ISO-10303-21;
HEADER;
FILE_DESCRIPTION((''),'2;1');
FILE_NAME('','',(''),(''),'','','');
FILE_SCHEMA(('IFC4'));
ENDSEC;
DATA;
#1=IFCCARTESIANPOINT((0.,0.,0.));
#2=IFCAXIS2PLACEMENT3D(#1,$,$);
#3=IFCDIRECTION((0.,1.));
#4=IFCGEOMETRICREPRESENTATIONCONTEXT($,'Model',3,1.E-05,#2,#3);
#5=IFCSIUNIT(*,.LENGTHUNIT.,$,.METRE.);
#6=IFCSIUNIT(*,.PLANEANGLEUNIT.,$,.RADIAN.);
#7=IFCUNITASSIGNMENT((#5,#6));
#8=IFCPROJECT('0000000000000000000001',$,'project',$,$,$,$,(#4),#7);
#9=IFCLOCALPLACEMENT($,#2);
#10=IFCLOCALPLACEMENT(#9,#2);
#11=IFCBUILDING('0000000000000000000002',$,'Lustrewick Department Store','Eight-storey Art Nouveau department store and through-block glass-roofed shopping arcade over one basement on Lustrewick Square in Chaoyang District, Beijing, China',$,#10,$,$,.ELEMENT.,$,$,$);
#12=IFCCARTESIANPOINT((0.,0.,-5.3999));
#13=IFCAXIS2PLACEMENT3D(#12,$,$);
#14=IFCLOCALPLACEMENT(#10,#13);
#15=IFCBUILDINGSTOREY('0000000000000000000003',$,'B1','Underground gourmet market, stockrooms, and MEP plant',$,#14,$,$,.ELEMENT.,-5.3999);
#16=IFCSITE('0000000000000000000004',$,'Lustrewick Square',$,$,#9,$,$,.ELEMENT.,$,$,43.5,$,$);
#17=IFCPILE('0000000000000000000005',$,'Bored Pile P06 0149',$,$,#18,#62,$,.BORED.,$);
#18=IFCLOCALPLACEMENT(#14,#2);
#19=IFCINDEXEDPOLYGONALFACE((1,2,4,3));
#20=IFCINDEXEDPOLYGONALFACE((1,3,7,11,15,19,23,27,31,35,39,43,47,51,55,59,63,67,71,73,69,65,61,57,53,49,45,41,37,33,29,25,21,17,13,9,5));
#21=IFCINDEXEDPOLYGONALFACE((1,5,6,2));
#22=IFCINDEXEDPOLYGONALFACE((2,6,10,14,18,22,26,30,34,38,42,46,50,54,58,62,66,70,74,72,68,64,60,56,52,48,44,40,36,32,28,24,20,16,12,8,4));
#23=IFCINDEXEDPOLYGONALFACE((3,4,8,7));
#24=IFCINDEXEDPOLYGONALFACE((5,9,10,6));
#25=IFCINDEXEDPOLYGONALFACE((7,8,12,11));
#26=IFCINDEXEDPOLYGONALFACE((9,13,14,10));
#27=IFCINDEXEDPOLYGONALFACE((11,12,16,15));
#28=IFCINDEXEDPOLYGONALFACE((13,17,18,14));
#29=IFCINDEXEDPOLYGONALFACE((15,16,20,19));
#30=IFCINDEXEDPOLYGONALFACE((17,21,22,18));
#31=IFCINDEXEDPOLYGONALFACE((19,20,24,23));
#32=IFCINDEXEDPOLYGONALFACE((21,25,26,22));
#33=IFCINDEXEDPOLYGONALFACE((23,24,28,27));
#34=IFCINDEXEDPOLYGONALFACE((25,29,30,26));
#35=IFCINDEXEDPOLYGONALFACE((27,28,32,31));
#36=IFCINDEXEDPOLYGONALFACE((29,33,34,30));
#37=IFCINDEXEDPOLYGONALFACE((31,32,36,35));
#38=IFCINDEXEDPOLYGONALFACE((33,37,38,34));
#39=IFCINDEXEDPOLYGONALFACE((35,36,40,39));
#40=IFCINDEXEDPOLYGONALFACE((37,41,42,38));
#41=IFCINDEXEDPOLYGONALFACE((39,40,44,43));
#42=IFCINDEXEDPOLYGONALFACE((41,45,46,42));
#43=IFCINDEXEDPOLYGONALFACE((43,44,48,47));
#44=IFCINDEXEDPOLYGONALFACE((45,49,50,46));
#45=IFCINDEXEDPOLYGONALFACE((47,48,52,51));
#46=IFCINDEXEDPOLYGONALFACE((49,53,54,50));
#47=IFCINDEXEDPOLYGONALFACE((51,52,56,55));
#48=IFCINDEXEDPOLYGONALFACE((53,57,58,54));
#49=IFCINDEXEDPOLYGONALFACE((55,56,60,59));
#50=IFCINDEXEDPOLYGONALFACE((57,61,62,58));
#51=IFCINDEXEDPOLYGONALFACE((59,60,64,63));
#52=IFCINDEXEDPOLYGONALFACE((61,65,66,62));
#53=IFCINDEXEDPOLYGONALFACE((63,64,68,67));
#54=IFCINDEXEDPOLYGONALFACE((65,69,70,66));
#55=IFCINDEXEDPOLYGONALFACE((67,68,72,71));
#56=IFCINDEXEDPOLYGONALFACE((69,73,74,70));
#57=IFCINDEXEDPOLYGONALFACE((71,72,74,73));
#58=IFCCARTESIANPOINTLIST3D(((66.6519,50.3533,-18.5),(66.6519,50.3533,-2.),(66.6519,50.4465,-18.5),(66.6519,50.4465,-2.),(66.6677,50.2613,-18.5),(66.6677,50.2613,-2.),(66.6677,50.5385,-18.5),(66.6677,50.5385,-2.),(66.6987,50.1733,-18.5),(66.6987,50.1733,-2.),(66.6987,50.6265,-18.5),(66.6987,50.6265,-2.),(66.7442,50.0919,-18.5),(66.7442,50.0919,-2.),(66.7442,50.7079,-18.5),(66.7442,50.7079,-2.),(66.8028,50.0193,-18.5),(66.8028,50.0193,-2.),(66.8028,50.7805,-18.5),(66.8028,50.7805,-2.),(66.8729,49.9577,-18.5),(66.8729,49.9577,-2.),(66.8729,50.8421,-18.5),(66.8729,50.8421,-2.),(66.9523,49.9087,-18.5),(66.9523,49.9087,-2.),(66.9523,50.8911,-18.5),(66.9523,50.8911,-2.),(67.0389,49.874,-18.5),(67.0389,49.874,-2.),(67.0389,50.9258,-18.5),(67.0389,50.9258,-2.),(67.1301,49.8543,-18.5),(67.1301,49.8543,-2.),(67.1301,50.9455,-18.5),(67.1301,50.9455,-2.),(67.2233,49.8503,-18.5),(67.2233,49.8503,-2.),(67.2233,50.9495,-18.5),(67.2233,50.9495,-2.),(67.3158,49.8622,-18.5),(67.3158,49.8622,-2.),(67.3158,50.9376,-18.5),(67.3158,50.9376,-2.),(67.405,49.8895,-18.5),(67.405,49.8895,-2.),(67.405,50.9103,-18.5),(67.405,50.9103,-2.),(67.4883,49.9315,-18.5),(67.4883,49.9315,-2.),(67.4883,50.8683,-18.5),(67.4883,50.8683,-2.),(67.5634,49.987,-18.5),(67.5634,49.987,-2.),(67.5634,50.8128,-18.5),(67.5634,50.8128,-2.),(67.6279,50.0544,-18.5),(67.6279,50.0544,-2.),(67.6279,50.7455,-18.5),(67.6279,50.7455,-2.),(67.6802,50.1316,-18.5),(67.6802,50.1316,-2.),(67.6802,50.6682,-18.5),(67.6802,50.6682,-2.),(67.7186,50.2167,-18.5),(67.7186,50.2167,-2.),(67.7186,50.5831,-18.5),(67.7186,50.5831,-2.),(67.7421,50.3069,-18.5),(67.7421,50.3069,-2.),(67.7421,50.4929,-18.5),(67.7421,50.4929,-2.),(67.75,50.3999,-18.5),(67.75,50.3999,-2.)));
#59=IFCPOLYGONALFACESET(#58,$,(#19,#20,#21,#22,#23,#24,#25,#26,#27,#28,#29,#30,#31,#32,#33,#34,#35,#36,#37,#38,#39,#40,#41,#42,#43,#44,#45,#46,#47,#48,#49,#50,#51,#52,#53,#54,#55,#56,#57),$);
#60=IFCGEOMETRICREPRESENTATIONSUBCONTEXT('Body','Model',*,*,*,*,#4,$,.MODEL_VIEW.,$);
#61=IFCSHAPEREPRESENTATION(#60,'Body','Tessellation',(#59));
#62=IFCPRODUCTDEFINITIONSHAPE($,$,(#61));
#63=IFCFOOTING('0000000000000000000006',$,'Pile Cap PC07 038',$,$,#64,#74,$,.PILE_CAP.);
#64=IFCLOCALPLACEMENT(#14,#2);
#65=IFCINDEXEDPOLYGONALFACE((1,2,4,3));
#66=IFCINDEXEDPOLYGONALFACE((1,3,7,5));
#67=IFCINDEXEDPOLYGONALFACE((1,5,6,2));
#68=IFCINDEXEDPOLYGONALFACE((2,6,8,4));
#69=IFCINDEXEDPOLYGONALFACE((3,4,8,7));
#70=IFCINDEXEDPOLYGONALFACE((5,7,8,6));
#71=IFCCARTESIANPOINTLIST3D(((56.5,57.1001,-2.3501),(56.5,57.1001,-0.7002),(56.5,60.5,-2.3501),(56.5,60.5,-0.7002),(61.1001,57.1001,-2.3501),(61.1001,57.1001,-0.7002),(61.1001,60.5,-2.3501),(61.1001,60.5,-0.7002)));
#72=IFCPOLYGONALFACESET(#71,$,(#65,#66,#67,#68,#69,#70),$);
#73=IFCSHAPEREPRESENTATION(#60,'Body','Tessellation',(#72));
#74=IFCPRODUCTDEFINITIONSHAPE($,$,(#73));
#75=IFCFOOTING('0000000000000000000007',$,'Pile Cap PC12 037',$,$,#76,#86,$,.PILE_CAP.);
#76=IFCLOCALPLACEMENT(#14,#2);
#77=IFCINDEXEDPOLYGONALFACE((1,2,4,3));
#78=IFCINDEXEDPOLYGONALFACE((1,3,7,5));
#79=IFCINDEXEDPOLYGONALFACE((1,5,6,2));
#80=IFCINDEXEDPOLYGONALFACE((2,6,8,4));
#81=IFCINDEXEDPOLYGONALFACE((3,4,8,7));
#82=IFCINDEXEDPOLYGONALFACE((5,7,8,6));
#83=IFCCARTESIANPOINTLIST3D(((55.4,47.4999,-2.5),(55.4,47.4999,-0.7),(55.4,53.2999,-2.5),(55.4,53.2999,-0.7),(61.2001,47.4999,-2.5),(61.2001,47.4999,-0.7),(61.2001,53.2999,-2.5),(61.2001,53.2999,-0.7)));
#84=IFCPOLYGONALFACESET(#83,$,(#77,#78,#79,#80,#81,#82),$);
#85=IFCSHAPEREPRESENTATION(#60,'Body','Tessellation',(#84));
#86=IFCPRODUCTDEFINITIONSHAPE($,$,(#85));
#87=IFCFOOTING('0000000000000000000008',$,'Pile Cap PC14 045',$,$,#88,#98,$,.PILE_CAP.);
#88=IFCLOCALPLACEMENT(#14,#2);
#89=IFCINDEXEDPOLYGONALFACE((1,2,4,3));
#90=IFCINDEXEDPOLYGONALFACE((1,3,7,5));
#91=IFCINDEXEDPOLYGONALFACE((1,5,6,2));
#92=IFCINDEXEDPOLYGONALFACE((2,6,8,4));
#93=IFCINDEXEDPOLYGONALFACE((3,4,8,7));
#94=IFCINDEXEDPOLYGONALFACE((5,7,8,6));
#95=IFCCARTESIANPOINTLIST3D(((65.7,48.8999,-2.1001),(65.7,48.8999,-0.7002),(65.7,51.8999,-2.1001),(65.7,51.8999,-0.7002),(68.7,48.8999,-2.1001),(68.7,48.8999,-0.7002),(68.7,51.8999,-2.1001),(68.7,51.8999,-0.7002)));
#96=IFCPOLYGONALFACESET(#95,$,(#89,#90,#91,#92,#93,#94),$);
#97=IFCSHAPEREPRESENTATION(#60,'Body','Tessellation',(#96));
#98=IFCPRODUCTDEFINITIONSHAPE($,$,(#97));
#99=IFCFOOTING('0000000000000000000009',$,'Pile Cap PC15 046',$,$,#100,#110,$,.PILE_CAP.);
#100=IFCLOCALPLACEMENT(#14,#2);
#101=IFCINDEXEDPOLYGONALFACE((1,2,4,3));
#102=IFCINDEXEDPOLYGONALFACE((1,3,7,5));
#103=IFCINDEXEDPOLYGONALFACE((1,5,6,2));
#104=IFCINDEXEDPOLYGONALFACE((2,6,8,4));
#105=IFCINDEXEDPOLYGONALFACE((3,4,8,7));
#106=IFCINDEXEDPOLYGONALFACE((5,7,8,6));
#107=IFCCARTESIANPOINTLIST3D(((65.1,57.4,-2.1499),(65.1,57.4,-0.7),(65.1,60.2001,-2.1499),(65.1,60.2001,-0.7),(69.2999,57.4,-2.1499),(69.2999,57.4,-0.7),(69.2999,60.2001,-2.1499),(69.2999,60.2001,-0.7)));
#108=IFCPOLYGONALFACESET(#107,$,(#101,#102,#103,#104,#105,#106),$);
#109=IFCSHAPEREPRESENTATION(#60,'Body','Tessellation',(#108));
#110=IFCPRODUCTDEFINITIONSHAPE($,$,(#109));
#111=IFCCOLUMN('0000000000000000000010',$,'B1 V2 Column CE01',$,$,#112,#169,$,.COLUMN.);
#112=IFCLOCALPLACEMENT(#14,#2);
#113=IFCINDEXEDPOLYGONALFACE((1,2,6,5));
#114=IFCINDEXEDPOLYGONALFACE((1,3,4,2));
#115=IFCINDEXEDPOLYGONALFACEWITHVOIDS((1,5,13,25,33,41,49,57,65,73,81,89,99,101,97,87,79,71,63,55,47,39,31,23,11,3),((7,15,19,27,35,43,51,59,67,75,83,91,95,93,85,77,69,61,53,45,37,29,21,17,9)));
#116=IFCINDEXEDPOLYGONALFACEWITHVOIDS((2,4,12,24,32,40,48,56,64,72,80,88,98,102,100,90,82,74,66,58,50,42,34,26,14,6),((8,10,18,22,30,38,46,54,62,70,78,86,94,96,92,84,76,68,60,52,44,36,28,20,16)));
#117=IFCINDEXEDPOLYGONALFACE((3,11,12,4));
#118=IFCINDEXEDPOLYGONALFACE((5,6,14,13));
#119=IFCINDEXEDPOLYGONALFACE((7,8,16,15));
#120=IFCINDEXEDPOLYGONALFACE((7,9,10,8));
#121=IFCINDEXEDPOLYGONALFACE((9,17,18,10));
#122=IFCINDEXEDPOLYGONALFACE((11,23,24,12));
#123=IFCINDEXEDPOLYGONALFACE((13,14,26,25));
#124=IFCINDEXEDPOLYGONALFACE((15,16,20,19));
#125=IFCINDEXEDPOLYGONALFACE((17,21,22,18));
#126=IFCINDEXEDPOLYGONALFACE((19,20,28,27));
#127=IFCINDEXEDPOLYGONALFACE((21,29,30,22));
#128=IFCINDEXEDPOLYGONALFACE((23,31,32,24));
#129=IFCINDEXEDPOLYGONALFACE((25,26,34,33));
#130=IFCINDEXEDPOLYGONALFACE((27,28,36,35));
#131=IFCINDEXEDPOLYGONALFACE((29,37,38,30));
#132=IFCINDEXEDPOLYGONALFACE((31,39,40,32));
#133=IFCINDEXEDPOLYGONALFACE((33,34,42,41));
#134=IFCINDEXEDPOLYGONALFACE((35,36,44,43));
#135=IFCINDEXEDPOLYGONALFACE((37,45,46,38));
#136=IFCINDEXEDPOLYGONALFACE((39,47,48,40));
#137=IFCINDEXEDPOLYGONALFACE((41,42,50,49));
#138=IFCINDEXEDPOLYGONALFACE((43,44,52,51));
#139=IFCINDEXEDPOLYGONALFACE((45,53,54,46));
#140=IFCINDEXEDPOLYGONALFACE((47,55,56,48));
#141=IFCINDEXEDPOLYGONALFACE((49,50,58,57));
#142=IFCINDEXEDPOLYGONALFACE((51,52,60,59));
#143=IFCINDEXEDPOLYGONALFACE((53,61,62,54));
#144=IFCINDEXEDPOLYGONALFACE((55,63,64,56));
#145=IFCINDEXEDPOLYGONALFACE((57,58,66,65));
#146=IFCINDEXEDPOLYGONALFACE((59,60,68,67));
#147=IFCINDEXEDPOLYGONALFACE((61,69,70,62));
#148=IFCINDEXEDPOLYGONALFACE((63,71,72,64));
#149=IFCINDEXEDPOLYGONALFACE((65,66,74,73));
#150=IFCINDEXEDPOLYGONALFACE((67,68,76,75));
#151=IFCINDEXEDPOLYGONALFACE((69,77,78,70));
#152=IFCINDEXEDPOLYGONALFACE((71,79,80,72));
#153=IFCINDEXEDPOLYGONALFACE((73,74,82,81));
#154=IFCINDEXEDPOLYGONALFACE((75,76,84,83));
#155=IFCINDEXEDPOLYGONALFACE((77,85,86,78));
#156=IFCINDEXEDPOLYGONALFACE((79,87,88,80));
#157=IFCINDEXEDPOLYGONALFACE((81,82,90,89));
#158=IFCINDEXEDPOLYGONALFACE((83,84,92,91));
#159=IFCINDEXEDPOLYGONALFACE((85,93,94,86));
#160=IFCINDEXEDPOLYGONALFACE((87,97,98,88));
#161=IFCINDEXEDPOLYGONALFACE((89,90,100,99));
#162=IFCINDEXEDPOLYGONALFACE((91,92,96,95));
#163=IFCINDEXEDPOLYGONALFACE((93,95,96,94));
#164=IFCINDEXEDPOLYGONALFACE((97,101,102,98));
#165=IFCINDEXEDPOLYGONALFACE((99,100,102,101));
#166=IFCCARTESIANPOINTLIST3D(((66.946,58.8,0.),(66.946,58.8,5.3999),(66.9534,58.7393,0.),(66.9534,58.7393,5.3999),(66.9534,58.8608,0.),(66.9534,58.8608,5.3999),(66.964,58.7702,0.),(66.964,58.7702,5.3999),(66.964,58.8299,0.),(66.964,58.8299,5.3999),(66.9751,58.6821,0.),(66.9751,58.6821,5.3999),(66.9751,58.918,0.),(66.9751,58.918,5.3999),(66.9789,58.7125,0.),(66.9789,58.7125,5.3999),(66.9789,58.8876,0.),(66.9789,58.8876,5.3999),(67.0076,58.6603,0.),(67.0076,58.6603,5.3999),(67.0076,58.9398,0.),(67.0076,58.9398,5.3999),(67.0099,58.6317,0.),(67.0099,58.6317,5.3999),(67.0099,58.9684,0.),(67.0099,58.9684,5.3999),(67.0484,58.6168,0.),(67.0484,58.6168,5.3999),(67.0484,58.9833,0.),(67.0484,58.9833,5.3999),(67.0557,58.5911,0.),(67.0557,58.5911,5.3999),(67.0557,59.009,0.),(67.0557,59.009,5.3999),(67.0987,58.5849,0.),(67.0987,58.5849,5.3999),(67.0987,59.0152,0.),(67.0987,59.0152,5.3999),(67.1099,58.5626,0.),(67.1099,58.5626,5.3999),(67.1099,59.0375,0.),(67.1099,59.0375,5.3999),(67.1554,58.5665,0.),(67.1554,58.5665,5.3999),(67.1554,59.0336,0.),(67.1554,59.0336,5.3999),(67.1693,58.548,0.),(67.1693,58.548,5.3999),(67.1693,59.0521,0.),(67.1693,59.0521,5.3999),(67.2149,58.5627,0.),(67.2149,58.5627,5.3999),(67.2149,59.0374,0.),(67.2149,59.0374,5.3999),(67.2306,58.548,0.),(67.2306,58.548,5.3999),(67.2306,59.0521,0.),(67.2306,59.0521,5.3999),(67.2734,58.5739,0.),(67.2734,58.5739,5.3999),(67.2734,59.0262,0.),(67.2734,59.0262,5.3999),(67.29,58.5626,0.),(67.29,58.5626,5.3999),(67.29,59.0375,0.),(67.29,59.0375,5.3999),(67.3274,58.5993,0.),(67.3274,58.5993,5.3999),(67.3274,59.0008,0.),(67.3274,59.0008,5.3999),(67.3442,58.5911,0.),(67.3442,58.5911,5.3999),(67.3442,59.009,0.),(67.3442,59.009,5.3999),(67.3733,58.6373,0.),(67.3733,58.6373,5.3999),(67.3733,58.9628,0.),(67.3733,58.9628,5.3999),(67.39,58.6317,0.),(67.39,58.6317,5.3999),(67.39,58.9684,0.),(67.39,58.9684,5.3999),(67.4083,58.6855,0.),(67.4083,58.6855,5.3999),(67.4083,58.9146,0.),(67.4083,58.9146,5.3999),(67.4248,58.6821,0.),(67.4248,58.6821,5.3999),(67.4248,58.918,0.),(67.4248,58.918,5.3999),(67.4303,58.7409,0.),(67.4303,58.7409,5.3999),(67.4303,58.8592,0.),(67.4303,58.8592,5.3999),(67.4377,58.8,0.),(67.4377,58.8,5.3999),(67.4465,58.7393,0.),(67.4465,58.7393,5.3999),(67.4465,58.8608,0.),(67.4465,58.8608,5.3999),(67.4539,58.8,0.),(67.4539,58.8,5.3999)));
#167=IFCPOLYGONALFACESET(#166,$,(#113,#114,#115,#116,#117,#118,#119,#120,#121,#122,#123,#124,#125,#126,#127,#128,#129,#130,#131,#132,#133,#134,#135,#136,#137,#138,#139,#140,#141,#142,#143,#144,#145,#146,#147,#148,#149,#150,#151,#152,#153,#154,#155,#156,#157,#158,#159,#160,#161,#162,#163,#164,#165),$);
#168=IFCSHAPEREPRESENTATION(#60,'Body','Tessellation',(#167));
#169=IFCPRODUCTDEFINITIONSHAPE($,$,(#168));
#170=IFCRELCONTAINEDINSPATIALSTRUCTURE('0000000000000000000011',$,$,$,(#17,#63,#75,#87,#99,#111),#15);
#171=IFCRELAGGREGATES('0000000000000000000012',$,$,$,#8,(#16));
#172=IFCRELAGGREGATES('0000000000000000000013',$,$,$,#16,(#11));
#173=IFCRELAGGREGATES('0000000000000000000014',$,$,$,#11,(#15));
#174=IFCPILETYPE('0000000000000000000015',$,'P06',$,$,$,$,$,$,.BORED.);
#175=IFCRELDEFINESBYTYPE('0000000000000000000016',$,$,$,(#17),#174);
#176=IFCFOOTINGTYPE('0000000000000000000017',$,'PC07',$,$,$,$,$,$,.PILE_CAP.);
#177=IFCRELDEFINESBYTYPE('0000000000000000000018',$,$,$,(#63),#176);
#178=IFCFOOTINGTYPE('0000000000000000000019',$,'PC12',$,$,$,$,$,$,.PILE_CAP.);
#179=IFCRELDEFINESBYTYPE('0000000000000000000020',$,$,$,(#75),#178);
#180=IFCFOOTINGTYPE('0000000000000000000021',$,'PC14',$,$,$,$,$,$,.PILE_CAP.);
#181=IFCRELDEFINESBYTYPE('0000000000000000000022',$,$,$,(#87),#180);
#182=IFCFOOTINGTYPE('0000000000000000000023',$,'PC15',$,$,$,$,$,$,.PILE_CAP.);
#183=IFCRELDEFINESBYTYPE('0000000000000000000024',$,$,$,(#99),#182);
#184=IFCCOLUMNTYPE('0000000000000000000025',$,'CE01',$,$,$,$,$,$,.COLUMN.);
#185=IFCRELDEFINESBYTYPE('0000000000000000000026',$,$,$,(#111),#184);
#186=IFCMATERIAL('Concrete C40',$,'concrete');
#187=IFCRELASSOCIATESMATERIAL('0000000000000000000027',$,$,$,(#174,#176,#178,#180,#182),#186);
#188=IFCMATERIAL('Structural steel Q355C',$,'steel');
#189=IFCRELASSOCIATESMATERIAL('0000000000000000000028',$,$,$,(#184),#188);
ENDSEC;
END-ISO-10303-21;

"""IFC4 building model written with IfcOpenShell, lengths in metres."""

from ifc_helpers import new_model, si_unit, direction, frame, origin, origin_2d, place, context, subcontext, project, spatial, rectangle, circle, hollow_circle, extrude, material, material_profile, profile_set, type_object, element, save


model = new_model("IFC4")

# Units and contexts
model_context = context("Model", 3, precision=1e-05, world=origin(), true_north=direction((0.0, 1.0)))
body_context = subcontext(model_context, "Body", "Model", "MODEL_VIEW")
ifc_project = project(units=[si_unit("LENGTHUNIT", "METRE"), si_unit("PLANEANGLEUNIT", "RADIAN")], contexts=[model_context])

# Site, building, storey
site_placement = place(None, origin())
site = spatial("IfcSite", under=ifc_project, at=site_placement, Name="Lustrewick Square", CompositionType="ELEMENT", RefElevation=43.5)
building_placement = place(site_placement, origin())
building = spatial("IfcBuilding", under=site, at=building_placement, Name="Lustrewick Department Store", Description="Eight-storey Art Nouveau department store and through-block glass-roofed shopping arcade over one basement on Lustrewick Square in Chaoyang District, Beijing, China", CompositionType="ELEMENT")
storey_placement = place(building_placement, frame((0.0, 0.0, -5.3999)))
storey = spatial("IfcBuildingStorey", under=building, at=storey_placement, Name="B1", Description="Underground gourmet market, stockrooms, and MEP plant", CompositionType="ELEMENT", Elevation=-5.3999)

# Pile
ifc_material_1 = material(Name="Concrete C40", Category="concrete")
ifc_material_profile_1 = material_profile(ifc_material_1, circle(Radius=0.55, at=origin_2d()), Name="PILE D1100")
ifc_profile_set_1 = profile_set([ifc_material_profile_1], Name="Concrete C40")
pile_type_1 = type_object("IfcPileType", Name="P06", PredefinedType="BORED", material=ifc_profile_set_1)
pile_1_placement = place(storey_placement, frame((67.2, 50.3999, -2.0), z_axis=(0.0, 0.0, -1.0), x_axis=(1.0, 0.0, 0.0)))
element("IfcPile", 1, at=pile_1_placement, inside=storey, type_object=pile_type_1, Name="Bored Pile P06 0149", PredefinedType="BORED", context=body_context, shape_type="SweptSolid", body=[
    extrude(circle(Radius=0.55, at=origin_2d()), origin(), (0.0, 0.0, 1.0), 16.5),
])

# Footings
footing_type_1 = type_object("IfcFootingType", Name="PC07", PredefinedType="PILE_CAP", material=ifc_material_1)
footing_1_placement = place(storey_placement, frame((58.8, 58.8, -2.3501), z_axis=(0.0, 0.0, 1.0), x_axis=(1.0, 0.0, 0.0)))
element("IfcFooting", 2, at=footing_1_placement, inside=storey, type_object=footing_type_1, Name="Pile Cap PC07 038", PredefinedType="PILE_CAP", context=body_context, shape_type="SweptSolid", body=[
    extrude(rectangle(XDim=4.6001, YDim=3.3999, at=origin_2d()), origin(), (0.0, 0.0, 1.0), 1.6499),
])
footing_type_2 = type_object("IfcFootingType", Name="PC12", PredefinedType="PILE_CAP", material=ifc_material_1)
footing_2_placement = place(storey_placement, frame((58.3, 50.3999, -2.5), z_axis=(0.0, 0.0, 1.0), x_axis=(1.0, 0.0, 0.0)))
element("IfcFooting", 3, at=footing_2_placement, inside=storey, type_object=footing_type_2, Name="Pile Cap PC12 037", PredefinedType="PILE_CAP", context=body_context, shape_type="SweptSolid", body=[
    extrude(rectangle(XDim=5.8, YDim=5.8, at=origin_2d()), origin(), (0.0, 0.0, 1.0), 1.8),
])
footing_type_3 = type_object("IfcFootingType", Name="PC14", PredefinedType="PILE_CAP", material=ifc_material_1)
footing_3_placement = place(storey_placement, frame((67.2, 50.3999, -2.1001), z_axis=(0.0, 0.0, 1.0), x_axis=(1.0, 0.0, 0.0)))
element("IfcFooting", 4, at=footing_3_placement, inside=storey, type_object=footing_type_3, Name="Pile Cap PC14 045", PredefinedType="PILE_CAP", context=body_context, shape_type="SweptSolid", body=[
    extrude(rectangle(XDim=3.0, YDim=3.0, at=origin_2d()), origin(), (0.0, 0.0, 1.0), 1.3999),
])
footing_type_4 = type_object("IfcFootingType", Name="PC15", PredefinedType="PILE_CAP", material=ifc_material_1)
footing_4_placement = place(storey_placement, frame((67.2, 58.8, -2.1499), z_axis=(0.0, 0.0, 1.0), x_axis=(1.0, 0.0, 0.0)))
element("IfcFooting", 5, at=footing_4_placement, inside=storey, type_object=footing_type_4, Name="Pile Cap PC15 046", PredefinedType="PILE_CAP", context=body_context, shape_type="SweptSolid", body=[
    extrude(rectangle(XDim=4.2, YDim=2.8, at=origin_2d()), origin(), (0.0, 0.0, 1.0), 1.45),
])

# Column
ifc_material_2 = material(Name="Structural steel Q355C", Category="steel")
ifc_material_profile_2 = material_profile(ifc_material_2, hollow_circle(Radius=0.2539, WallThickness=0.0161, at=origin_2d()), Name="CHS 508x16")
ifc_profile_set_2 = profile_set([ifc_material_profile_2], Name="Structural steel Q355C")
column_type_1 = type_object("IfcColumnType", Name="CE01", PredefinedType="COLUMN", material=ifc_profile_set_2)
column_1_placement = place(storey_placement, frame((67.2, 58.8, 0.0), z_axis=(0.0, 0.0, 1.0), x_axis=(1.0, 0.0, 0.0)))
element("IfcColumn", 6, at=column_1_placement, inside=storey, type_object=column_type_1, Name="B1 V2 Column CE01", PredefinedType="COLUMN", context=body_context, shape_type="SweptSolid", body=[
    extrude(hollow_circle(Radius=0.2539, WallThickness=0.0161, at=origin_2d()), origin(), (0.0, 0.0, 1.0), 5.3999),
])

save(model, "model.ifc")
